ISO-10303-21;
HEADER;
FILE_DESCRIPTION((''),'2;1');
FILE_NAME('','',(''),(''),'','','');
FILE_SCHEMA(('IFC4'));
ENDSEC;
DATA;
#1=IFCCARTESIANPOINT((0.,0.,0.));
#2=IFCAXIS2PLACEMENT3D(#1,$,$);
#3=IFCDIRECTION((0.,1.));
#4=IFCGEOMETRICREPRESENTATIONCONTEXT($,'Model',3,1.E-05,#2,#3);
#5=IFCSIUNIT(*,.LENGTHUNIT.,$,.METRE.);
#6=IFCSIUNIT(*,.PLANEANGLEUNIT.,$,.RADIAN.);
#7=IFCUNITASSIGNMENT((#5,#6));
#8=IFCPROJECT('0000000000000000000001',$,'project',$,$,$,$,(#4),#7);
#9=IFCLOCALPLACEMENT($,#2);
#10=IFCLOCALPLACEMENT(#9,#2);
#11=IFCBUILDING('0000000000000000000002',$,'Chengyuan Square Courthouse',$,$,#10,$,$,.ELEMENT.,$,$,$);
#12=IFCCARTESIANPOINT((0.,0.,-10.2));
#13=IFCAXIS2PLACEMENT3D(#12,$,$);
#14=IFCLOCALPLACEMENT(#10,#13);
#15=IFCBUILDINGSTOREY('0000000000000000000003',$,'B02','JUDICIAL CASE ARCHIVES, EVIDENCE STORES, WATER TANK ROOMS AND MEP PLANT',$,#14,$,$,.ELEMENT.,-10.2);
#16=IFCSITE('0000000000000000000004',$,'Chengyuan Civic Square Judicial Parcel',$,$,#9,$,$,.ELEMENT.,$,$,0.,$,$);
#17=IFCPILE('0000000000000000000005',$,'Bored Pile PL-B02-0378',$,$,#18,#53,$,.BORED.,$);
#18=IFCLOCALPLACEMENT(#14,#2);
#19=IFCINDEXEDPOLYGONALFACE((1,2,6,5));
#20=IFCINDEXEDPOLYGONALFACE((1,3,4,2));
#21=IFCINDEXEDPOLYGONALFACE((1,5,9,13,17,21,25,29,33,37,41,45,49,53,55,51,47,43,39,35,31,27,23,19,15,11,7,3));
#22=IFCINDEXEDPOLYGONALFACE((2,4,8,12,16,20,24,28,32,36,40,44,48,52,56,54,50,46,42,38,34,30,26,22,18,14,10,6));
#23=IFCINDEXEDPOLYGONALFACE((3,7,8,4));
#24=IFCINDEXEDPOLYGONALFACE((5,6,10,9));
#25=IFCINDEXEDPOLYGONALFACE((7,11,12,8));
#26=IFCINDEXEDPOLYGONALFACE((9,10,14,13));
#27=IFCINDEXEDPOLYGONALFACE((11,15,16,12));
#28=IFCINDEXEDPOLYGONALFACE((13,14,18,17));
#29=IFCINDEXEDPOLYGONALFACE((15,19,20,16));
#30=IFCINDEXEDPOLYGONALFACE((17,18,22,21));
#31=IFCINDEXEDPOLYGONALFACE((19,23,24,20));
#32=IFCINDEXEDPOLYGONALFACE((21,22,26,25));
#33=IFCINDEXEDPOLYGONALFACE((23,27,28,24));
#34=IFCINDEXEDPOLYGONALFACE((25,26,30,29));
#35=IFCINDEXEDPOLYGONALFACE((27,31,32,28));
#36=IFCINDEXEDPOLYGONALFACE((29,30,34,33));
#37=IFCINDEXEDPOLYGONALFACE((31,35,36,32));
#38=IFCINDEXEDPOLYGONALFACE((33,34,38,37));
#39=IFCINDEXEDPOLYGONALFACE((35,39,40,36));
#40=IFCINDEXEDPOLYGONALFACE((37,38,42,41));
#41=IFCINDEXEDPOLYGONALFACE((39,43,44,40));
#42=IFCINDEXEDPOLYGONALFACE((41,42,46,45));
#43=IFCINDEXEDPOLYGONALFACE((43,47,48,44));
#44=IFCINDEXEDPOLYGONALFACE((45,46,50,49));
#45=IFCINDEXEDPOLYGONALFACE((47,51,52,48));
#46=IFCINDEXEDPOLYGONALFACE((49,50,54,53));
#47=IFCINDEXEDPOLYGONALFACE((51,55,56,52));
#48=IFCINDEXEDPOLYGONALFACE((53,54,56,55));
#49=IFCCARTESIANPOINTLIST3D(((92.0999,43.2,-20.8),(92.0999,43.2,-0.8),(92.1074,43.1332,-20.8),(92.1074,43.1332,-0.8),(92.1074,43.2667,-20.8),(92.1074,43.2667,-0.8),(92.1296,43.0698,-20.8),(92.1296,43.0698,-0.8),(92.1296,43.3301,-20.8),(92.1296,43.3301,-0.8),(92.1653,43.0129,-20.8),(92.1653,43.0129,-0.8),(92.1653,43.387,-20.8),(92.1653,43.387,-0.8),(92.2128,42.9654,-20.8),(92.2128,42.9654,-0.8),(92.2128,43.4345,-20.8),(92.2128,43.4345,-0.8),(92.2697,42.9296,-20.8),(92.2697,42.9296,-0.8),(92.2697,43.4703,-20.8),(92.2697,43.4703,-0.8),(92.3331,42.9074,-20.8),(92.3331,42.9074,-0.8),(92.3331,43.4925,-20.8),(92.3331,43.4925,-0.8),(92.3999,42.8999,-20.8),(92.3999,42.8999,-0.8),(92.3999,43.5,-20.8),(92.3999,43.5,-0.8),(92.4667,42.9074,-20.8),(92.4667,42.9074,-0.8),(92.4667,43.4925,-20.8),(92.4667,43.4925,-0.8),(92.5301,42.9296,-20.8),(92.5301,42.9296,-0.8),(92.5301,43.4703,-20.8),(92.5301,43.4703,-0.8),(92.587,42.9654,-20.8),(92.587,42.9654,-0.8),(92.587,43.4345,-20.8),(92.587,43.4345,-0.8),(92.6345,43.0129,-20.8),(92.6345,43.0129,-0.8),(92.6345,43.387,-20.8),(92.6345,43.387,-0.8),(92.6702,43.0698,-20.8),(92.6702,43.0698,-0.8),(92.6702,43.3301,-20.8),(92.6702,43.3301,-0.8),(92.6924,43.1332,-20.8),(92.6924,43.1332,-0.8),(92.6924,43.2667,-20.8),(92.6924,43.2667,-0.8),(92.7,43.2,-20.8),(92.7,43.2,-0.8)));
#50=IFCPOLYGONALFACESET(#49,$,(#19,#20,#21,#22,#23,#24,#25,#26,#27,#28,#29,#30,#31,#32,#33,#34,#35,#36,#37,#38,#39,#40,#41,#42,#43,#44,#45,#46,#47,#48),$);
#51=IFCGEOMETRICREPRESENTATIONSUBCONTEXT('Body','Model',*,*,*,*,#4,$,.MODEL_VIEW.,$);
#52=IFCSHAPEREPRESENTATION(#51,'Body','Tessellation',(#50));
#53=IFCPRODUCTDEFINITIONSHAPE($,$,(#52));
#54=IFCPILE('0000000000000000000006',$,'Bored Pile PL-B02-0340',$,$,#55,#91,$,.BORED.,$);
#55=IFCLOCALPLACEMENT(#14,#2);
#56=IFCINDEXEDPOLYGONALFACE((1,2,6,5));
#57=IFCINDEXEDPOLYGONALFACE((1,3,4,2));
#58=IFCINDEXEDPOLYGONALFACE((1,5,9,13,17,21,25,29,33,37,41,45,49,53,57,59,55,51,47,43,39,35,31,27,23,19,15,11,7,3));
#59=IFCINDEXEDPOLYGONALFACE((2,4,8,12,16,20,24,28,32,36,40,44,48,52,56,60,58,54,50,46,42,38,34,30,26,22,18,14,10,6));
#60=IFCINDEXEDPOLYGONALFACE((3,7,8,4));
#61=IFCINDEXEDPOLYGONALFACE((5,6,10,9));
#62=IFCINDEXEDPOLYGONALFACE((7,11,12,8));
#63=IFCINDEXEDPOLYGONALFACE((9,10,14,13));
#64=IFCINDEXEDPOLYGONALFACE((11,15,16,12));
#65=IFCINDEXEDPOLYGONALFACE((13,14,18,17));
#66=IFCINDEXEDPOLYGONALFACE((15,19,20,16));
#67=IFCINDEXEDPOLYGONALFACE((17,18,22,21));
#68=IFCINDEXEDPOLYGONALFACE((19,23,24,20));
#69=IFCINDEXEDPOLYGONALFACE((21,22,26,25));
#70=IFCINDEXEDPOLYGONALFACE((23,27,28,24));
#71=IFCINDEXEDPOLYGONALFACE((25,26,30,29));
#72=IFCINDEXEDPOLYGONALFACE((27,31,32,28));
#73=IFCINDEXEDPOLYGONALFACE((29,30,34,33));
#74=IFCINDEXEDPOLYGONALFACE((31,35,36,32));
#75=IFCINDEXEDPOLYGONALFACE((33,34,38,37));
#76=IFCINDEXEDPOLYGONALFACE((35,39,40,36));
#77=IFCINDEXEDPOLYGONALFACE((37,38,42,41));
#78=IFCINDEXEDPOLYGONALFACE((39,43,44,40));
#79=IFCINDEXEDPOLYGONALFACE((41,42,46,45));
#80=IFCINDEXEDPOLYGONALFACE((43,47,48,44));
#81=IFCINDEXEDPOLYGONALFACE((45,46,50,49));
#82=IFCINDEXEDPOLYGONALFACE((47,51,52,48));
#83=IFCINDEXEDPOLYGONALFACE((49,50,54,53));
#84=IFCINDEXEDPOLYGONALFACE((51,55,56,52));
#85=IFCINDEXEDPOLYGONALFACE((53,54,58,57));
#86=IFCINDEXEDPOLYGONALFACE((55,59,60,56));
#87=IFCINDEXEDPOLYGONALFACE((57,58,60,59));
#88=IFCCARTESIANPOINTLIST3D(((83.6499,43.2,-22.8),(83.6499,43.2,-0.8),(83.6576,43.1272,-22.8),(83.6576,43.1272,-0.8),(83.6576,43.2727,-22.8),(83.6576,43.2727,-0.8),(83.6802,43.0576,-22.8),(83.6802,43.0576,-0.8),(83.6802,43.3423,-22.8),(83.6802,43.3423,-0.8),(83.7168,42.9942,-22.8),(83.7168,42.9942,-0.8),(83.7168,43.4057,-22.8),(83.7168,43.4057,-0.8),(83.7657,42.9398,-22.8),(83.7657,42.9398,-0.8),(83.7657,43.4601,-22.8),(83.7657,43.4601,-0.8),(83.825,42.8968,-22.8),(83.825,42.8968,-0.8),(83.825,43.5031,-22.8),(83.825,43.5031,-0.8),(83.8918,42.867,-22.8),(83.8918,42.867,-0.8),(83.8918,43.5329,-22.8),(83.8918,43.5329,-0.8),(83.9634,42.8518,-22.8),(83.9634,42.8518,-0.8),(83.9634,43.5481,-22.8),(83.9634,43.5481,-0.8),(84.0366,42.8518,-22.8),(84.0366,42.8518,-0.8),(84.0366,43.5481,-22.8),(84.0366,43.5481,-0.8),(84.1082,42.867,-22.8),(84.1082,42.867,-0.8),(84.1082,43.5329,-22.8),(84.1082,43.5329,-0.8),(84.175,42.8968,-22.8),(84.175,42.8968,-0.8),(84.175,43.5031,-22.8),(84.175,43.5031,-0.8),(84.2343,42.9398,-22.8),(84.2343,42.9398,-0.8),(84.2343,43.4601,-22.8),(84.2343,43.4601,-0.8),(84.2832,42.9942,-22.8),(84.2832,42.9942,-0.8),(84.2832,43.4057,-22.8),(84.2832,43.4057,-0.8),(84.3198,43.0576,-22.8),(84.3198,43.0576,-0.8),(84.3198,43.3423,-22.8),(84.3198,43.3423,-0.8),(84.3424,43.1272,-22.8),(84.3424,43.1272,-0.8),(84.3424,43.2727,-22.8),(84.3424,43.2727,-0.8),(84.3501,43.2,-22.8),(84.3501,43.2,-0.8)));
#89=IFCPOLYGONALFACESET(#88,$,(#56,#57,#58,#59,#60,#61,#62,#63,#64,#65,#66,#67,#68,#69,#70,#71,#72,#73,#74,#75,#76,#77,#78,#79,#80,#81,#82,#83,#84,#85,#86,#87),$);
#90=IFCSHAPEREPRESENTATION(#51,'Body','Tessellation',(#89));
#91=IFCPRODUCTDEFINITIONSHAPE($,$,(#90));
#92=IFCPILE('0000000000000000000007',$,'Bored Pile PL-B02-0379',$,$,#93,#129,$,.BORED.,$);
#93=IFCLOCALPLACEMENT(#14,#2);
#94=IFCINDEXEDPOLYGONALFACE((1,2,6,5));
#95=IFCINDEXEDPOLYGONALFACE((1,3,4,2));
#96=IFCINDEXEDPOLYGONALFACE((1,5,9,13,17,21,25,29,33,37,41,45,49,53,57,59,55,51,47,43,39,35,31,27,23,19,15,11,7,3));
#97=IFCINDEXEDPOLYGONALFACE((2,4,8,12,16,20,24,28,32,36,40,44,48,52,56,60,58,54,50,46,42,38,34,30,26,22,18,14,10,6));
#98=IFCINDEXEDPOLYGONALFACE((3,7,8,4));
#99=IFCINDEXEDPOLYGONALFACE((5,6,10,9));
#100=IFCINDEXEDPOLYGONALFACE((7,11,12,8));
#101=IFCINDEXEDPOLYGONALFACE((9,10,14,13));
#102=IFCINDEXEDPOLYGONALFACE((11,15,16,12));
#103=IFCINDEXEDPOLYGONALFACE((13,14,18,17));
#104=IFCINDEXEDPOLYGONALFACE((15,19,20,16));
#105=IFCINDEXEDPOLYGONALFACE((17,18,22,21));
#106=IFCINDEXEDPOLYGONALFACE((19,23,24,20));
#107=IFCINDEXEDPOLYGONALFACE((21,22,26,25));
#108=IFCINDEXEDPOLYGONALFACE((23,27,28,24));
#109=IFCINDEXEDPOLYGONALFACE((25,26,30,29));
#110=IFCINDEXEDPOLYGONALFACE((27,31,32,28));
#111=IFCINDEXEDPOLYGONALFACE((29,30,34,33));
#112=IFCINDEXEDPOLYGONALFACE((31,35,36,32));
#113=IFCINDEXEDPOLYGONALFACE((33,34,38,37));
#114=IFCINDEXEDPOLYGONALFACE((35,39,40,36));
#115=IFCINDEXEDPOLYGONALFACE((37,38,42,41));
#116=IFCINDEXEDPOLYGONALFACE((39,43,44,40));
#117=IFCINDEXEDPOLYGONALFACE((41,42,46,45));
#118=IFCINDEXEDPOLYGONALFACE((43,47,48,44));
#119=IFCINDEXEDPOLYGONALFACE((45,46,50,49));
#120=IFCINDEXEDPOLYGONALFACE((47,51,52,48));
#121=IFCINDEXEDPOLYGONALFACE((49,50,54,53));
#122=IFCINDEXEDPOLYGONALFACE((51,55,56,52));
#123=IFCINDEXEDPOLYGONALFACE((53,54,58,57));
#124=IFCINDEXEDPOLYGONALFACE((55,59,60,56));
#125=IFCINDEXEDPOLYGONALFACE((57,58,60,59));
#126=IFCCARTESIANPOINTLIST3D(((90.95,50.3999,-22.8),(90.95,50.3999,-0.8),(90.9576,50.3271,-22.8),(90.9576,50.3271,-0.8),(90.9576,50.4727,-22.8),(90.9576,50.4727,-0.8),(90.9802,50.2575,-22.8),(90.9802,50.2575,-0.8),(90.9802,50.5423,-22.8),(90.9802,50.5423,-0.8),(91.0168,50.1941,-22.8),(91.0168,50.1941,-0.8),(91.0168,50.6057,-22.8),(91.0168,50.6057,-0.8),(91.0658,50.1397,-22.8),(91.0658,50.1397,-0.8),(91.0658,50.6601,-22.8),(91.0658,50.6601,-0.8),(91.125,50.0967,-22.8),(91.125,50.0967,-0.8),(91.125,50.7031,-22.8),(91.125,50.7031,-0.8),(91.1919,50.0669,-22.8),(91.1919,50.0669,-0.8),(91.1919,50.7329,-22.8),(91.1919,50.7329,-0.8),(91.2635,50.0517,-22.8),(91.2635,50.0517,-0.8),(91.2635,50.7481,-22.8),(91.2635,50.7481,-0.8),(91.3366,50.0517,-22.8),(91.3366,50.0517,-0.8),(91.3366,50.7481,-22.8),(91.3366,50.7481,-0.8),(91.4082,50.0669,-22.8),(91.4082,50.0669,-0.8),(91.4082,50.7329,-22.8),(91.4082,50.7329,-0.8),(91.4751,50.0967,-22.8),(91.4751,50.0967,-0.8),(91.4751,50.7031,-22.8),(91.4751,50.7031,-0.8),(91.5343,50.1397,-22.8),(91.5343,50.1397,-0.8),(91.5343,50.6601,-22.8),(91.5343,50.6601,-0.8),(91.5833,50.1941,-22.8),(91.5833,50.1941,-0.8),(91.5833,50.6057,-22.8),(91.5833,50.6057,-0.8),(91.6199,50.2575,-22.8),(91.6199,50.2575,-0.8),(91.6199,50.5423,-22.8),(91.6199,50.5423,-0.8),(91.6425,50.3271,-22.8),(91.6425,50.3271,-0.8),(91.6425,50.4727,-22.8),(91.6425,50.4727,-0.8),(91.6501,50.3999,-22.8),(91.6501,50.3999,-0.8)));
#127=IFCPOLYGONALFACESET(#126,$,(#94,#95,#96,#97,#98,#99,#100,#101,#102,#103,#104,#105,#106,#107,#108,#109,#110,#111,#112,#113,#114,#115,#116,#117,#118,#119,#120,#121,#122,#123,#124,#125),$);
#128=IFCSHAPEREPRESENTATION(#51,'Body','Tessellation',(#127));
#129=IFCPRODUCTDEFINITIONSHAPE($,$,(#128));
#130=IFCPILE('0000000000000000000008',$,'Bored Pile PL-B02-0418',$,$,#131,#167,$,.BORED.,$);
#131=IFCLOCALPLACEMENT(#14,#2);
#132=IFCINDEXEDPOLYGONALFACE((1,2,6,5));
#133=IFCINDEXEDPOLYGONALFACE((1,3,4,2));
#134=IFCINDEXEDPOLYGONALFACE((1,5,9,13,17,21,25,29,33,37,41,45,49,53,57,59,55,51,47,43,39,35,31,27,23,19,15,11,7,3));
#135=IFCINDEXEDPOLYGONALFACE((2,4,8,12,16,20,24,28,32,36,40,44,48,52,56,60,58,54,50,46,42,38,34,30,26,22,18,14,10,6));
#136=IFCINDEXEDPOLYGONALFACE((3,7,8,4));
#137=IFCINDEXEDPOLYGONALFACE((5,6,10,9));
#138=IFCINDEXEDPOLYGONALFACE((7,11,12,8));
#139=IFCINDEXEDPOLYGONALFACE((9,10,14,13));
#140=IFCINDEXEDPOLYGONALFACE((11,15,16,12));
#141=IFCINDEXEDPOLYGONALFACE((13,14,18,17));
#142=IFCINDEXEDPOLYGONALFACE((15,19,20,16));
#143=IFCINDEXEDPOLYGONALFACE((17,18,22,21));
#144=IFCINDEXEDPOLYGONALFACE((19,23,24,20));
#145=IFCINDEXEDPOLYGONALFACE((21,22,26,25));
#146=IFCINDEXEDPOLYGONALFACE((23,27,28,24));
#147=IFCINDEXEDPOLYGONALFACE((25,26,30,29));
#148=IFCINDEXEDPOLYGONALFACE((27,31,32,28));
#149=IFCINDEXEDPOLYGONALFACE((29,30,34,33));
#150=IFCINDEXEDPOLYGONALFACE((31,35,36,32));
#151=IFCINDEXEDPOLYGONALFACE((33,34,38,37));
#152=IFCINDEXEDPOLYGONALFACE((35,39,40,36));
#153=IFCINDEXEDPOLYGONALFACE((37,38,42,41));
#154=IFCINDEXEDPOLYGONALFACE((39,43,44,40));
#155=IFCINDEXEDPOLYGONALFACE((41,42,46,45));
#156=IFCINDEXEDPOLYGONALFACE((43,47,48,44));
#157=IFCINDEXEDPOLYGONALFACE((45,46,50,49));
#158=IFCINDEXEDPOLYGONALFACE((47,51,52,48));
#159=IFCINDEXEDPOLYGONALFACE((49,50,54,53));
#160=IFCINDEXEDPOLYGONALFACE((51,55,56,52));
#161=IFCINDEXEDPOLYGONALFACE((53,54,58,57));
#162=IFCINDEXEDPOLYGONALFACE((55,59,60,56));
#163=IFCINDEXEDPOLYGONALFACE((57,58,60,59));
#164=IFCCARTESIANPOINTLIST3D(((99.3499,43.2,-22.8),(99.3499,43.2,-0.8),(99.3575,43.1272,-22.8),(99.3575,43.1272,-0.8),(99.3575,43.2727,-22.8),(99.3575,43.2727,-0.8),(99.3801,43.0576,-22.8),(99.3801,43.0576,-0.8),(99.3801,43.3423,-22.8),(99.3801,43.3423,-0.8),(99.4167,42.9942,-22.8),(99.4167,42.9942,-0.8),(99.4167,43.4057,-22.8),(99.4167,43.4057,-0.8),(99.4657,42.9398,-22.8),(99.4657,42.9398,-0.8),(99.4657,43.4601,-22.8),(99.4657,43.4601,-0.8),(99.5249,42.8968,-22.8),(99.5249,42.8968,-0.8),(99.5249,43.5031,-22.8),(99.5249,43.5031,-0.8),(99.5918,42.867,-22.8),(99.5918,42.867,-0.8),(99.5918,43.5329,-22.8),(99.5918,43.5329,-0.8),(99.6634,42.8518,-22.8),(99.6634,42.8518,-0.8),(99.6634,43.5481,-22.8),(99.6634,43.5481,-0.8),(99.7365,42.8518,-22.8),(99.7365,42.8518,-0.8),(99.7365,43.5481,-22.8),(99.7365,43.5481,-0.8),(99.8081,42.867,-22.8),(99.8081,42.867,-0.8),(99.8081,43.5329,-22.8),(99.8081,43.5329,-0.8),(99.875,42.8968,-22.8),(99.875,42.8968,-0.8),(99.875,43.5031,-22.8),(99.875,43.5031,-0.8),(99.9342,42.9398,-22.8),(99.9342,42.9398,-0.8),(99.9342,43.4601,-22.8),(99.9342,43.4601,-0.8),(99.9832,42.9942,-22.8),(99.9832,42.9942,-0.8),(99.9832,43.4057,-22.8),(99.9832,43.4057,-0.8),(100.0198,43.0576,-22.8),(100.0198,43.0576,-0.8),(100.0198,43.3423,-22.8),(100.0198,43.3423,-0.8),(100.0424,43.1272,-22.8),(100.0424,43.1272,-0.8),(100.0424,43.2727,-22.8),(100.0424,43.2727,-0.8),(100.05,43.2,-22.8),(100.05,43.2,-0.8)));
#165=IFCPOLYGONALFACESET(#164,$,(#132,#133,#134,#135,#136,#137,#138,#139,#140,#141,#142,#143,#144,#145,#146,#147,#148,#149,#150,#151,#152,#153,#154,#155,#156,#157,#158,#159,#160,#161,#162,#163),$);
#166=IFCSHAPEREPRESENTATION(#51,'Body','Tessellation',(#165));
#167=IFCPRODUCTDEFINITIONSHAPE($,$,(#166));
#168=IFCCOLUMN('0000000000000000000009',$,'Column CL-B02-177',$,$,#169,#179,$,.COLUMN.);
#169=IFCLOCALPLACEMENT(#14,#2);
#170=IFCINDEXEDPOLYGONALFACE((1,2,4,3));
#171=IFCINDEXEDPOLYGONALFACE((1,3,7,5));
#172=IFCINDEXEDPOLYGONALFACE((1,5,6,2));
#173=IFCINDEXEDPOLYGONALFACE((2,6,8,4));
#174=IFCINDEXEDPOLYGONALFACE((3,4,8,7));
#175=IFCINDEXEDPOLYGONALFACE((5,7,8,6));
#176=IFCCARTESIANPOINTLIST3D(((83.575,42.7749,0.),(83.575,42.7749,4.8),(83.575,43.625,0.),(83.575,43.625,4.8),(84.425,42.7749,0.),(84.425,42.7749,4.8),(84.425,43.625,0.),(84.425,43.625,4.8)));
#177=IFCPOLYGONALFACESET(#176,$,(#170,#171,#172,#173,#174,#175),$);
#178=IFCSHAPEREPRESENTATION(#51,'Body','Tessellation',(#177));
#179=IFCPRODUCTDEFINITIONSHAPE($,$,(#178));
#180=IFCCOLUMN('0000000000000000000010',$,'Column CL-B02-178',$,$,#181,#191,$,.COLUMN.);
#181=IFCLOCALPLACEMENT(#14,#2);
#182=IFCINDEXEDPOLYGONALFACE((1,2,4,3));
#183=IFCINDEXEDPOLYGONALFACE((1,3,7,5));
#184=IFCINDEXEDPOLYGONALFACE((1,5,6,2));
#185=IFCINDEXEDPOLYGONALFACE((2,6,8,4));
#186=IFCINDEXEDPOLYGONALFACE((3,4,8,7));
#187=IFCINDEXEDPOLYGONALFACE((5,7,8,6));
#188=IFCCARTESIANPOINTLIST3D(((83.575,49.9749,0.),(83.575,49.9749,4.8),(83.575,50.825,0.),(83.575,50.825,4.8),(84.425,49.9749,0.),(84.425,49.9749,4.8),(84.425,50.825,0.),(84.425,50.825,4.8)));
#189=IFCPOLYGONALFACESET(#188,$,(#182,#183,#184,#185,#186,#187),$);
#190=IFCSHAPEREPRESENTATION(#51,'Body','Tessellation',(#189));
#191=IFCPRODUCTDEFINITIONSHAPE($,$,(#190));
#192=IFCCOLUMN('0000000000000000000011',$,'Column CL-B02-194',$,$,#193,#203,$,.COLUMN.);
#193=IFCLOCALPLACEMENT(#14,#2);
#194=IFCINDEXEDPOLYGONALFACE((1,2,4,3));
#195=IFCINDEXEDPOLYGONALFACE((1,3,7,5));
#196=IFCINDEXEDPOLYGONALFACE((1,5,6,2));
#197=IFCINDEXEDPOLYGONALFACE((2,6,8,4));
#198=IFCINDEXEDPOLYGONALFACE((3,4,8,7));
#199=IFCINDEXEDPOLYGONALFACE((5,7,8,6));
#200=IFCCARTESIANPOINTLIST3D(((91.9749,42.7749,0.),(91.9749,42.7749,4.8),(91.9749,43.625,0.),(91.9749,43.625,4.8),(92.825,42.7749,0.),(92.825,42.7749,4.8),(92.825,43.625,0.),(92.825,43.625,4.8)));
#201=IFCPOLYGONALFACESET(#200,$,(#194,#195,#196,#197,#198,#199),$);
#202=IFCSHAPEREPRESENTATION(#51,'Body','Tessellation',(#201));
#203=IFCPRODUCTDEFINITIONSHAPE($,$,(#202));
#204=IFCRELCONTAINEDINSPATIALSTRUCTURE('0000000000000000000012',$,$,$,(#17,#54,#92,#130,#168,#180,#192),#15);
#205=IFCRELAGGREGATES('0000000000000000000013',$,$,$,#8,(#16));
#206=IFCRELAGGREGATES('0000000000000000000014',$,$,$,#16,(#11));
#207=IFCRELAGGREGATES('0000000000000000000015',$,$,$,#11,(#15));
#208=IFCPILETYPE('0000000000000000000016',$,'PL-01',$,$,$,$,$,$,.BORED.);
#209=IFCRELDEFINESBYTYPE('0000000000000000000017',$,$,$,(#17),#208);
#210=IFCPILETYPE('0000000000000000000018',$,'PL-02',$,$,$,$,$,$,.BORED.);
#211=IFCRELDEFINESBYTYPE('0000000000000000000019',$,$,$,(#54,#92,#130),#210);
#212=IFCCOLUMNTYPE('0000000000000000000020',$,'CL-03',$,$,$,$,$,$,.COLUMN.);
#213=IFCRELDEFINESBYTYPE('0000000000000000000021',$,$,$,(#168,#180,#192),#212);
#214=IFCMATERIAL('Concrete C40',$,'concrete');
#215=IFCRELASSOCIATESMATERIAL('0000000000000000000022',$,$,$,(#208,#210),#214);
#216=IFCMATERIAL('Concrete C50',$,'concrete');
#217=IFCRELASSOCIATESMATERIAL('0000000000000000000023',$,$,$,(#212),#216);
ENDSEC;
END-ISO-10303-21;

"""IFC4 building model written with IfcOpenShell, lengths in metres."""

from ifc_helpers import new_model, si_unit, direction, frame, origin, origin_2d, place, context, subcontext, project, spatial, rectangle, circle, extrude, material, material_profile, profile_set, type_object, element, save


model = new_model("IFC4")

# Units and contexts
model_context = context("Model", 3, precision=1e-05, world=origin(), true_north=direction((0.0, 1.0)))
body_context = subcontext(model_context, "Body", "Model", "MODEL_VIEW")
ifc_project = project(units=[si_unit("LENGTHUNIT", "METRE"), si_unit("PLANEANGLEUNIT", "RADIAN")], contexts=[model_context])

# Site, building, storey
site_placement = place(None, origin())
site = spatial("IfcSite", under=ifc_project, at=site_placement, Name="Chengyuan Civic Square Judicial Parcel", CompositionType="ELEMENT", RefElevation=0.0)
building_placement = place(site_placement, origin())
building = spatial("IfcBuilding", under=site, at=building_placement, Name="Chengyuan Square Courthouse", CompositionType="ELEMENT")
storey_placement = place(building_placement, frame((0.0, 0.0, -10.2)))
storey = spatial("IfcBuildingStorey", under=building, at=storey_placement, Name="B02", Description="JUDICIAL CASE ARCHIVES, EVIDENCE STORES, WATER TANK ROOMS AND MEP PLANT", CompositionType="ELEMENT", Elevation=-10.2)

# Shared definitions
ifc_material_1 = material(Name="Concrete C40", Category="concrete")

# Piles
ifc_material_profile_1 = material_profile(ifc_material_1, circle(Radius=0.3, at=origin_2d()), Name="BORED PILE D600")
ifc_profile_set_1 = profile_set([ifc_material_profile_1], Name="Concrete C40")
pile_type_1 = type_object("IfcPileType", Name="PL-01", PredefinedType="BORED", material=ifc_profile_set_1)
for number, where, z_axis, x_axis, name in (
    (1, (92.3999, 43.2, -0.8), (0.0, 0.0, -1.0), (1.0, 0.0, 0.0), "Bored Pile PL-B02-0378"),
):
    element("IfcPile", number, at=place(storey_placement, frame(where, z_axis=z_axis, x_axis=x_axis)), inside=storey, type_object=pile_type_1, Name=name, PredefinedType="BORED", context=body_context, shape_type="SweptSolid", body=[
        extrude(circle(Radius=0.3, at=origin_2d()), origin(), (0.0, 0.0, 1.0), 20.0),
    ])
ifc_material_profile_2 = material_profile(ifc_material_1, circle(Radius=0.3501, at=origin_2d()), Name="BORED PILE D700")
ifc_profile_set_2 = profile_set([ifc_material_profile_2], Name="Concrete C40")
pile_type_2 = type_object("IfcPileType", Name="PL-02", PredefinedType="BORED", material=ifc_profile_set_2)
for number, where, z_axis, x_axis, name in (
    (2, (84.0, 43.2, -0.8), (0.0, 0.0, -1.0), (1.0, 0.0, 0.0), "Bored Pile PL-B02-0340"),
    (3, (91.3, 50.3999, -0.8), (0.0, 0.0, -1.0), (1.0, 0.0, 0.0), "Bored Pile PL-B02-0379"),
    (4, (99.7, 43.2, -0.8), (0.0, 0.0, -1.0), (1.0, 0.0, 0.0), "Bored Pile PL-B02-0418"),
):
    element("IfcPile", number, at=place(storey_placement, frame(where, z_axis=z_axis, x_axis=x_axis)), inside=storey, type_object=pile_type_2, Name=name, PredefinedType="BORED", context=body_context, shape_type="SweptSolid", body=[
        extrude(circle(Radius=0.3501, at=origin_2d()), origin(), (0.0, 0.0, 1.0), 22.0),
    ])

# Columns
ifc_material_2 = material(Name="Concrete C50", Category="concrete")
ifc_material_profile_3 = material_profile(ifc_material_2, rectangle(XDim=0.8501, YDim=0.8501, at=origin_2d()), Name="RC-COL-850x850")
ifc_profile_set_3 = profile_set([ifc_material_profile_3], Name="Concrete C50")
column_type = type_object("IfcColumnType", Name="CL-03", PredefinedType="COLUMN", material=ifc_profile_set_3)
for number, where, z_axis, x_axis, name in (
    (5, (84.0, 43.2, 0.0), (0.0, 0.0, 1.0), (1.0, 0.0, 0.0), "Column CL-B02-177"),
    (6, (84.0, 50.3999, 0.0), (0.0, 0.0, 1.0), (1.0, 0.0, 0.0), "Column CL-B02-178"),
    (7, (92.3999, 43.2, 0.0), (0.0, 0.0, 1.0), (1.0, 0.0, 0.0), "Column CL-B02-194"),
):
    element("IfcColumn", number, at=place(storey_placement, frame(where, z_axis=z_axis, x_axis=x_axis)), inside=storey, type_object=column_type, Name=name, PredefinedType="COLUMN", context=body_context, shape_type="SweptSolid", body=[
        extrude(rectangle(XDim=0.8501, YDim=0.8501, at=origin_2d()), origin(), (0.0, 0.0, 1.0), 4.8),
    ])

save(model, "model.ifc")
